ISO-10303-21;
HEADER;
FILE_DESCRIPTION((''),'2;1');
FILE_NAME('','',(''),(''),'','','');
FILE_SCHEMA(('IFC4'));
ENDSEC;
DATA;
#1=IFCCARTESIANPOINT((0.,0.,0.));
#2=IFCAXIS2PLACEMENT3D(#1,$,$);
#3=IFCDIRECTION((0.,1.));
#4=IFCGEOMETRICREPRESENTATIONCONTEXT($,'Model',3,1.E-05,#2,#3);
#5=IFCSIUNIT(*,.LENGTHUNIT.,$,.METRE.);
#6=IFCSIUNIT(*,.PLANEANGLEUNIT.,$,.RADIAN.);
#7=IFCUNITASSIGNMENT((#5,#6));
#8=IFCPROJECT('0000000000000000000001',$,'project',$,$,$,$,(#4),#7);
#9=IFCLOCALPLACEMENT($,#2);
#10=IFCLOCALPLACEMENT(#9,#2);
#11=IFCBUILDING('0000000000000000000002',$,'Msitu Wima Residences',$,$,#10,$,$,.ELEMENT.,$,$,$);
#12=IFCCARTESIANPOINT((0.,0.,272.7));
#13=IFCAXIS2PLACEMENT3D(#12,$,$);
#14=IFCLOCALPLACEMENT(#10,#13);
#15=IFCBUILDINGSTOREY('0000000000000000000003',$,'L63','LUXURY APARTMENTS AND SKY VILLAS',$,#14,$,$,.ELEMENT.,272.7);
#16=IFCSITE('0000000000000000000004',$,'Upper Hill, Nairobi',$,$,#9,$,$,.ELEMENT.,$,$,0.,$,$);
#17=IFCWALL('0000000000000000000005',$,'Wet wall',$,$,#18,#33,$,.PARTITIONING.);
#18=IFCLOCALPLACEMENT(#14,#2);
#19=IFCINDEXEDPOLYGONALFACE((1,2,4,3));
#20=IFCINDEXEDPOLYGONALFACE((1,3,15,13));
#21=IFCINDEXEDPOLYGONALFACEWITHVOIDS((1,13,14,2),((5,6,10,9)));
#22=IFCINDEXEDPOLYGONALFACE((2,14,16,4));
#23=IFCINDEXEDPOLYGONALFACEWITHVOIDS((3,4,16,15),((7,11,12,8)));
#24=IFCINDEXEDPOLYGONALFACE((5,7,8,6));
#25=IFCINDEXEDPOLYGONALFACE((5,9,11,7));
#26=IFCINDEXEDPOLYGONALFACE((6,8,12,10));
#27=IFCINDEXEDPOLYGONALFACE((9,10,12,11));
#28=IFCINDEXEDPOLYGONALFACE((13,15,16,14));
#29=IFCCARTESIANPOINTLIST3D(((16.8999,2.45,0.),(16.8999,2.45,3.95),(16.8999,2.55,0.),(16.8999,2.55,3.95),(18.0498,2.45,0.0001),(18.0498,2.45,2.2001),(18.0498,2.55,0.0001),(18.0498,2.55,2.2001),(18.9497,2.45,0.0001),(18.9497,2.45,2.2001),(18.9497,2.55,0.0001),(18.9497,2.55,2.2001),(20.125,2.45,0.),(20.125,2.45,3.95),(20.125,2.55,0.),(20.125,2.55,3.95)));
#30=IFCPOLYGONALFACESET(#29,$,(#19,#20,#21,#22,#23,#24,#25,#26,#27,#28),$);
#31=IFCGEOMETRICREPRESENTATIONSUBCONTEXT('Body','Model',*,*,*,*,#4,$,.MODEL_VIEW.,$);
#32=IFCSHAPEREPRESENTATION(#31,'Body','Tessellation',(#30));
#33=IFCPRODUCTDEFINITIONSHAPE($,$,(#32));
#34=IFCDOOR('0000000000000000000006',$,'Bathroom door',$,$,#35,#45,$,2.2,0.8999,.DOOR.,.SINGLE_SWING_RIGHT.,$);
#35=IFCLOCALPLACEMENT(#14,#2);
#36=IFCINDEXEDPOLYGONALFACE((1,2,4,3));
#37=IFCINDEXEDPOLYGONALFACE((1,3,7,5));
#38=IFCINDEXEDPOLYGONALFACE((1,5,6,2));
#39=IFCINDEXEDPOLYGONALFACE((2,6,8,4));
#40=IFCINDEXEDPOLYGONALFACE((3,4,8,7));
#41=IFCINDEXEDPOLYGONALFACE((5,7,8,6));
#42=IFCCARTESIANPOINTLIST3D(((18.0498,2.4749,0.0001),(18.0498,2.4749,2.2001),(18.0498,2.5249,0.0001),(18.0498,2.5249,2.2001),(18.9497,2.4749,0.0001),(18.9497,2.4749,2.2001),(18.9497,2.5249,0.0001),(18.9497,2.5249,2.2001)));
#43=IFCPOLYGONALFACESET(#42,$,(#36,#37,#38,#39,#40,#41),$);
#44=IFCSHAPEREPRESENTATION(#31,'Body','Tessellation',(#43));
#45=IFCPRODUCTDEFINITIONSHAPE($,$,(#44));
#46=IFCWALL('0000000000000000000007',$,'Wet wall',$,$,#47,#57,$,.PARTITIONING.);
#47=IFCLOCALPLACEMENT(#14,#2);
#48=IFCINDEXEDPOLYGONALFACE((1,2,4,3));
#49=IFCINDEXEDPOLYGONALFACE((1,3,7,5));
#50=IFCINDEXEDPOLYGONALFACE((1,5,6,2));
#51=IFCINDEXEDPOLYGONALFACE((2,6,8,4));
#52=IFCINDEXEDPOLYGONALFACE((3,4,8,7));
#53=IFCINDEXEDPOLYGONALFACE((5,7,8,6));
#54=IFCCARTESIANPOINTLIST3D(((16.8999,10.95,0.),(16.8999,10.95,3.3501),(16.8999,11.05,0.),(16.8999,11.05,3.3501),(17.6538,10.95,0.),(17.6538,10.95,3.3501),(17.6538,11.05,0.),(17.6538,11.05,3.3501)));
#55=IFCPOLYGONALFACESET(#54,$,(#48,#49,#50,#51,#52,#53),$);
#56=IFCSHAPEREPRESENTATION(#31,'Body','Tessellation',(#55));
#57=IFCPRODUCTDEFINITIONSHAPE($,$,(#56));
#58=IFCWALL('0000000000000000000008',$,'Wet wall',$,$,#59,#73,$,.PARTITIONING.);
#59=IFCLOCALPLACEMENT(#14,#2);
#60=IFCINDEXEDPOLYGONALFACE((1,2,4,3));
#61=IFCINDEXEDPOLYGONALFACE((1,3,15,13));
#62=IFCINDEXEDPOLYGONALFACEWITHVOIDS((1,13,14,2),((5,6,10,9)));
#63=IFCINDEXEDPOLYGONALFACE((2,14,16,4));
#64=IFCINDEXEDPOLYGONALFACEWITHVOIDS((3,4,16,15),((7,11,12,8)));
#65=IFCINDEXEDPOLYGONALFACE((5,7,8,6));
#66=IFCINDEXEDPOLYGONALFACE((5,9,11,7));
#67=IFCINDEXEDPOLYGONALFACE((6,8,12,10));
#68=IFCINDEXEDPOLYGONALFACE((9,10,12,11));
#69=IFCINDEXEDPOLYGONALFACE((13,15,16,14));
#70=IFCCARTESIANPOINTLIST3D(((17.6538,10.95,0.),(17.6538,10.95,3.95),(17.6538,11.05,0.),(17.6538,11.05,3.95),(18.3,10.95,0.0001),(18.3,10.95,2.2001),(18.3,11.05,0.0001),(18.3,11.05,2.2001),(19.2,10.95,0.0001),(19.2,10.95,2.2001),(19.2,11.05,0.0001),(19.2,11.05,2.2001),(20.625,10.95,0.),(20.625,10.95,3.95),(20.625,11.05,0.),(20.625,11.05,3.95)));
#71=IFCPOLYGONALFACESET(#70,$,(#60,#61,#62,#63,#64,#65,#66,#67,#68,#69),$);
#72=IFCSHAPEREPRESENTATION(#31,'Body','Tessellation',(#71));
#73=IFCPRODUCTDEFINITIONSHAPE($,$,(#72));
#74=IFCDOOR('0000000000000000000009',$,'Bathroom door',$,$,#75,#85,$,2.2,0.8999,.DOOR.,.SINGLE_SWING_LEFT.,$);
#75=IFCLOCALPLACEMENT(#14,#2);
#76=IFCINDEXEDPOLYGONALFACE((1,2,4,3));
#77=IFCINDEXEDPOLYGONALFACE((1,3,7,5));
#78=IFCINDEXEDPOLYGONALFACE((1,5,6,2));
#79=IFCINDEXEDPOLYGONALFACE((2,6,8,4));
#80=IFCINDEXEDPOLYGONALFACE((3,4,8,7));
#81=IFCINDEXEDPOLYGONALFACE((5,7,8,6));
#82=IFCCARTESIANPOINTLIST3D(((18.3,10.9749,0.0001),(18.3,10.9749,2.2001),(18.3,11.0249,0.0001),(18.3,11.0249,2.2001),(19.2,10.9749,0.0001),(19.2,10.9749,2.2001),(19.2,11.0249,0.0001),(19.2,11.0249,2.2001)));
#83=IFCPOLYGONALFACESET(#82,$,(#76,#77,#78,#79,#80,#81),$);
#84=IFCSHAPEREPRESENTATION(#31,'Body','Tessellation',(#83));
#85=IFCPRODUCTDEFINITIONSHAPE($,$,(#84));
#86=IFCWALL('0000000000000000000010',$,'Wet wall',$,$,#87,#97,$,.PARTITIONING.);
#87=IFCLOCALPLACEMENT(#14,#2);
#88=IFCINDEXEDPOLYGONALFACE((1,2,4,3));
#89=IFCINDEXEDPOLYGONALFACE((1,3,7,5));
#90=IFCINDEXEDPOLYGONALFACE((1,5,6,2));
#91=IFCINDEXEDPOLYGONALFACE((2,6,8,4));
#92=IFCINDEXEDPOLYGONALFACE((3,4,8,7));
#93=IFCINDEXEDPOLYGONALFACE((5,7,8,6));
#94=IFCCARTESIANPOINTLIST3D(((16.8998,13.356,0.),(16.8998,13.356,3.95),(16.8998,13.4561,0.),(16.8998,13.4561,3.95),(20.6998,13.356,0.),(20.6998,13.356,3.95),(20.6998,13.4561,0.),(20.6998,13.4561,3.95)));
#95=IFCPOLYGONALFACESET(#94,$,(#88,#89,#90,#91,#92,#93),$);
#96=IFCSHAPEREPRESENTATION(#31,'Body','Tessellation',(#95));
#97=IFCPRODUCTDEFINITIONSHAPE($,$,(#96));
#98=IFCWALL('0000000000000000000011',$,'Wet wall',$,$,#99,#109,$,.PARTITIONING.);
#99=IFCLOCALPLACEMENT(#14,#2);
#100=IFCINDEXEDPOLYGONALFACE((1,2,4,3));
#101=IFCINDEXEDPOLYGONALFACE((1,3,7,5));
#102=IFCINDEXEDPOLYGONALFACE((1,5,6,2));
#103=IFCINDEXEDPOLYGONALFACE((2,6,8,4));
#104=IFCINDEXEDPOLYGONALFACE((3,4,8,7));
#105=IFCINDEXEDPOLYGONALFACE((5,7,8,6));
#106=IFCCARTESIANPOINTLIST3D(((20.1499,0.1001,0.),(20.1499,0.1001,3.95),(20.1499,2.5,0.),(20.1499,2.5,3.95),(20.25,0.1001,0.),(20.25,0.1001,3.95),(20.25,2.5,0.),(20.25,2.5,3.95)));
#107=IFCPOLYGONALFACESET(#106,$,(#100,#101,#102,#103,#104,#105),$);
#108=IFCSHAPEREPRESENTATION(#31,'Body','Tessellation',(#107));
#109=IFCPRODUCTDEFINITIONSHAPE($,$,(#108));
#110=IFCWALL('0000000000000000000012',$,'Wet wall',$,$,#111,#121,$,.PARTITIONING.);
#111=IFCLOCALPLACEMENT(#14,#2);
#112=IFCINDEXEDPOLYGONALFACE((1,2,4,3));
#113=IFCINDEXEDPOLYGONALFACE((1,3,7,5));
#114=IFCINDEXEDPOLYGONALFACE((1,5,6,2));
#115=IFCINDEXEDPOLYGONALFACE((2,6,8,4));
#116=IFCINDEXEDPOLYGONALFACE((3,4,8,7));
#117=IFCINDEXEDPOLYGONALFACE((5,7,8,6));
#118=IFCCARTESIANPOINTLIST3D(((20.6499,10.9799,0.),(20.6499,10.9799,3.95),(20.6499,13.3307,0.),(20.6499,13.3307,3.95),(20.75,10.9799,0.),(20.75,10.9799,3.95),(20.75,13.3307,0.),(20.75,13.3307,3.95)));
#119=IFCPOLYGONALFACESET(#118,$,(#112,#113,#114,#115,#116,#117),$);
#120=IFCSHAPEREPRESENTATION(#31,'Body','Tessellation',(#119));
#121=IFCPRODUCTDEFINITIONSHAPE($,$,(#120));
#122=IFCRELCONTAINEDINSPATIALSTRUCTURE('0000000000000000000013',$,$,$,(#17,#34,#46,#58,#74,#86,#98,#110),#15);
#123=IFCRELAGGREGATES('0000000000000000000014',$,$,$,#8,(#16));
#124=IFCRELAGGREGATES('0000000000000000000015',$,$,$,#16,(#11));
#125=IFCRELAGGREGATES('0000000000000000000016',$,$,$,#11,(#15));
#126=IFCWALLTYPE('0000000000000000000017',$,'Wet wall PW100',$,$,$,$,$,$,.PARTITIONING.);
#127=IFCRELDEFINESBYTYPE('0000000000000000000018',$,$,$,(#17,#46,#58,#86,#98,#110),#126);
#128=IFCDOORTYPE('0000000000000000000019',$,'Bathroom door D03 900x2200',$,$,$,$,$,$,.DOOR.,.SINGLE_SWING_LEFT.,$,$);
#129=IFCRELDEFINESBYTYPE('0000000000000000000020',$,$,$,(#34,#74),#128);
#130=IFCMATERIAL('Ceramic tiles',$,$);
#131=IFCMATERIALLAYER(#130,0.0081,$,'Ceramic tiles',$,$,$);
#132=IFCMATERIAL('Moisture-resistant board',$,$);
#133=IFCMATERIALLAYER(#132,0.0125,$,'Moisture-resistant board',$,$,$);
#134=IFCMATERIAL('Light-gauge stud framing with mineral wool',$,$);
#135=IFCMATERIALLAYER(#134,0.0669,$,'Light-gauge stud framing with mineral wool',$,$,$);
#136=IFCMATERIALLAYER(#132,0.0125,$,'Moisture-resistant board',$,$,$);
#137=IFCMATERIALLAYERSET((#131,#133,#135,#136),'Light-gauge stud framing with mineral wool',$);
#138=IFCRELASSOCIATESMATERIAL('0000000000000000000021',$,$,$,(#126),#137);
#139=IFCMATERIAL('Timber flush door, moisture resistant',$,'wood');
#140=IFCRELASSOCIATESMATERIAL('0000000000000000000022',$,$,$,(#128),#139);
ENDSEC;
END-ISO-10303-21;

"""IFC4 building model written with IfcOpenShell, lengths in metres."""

from ifc_helpers import new_model, si_unit, direction, frame, frame_2d, origin, place, context, subcontext, project, spatial, rectangle, extrude, material, layer, layer_set, type_object, element, fill, save


model = new_model("IFC4")

# Units and contexts
model_context = context("Model", 3, precision=1e-05, world=origin(), true_north=direction((0.0, 1.0)))
body_context = subcontext(model_context, "Body", "Model", "MODEL_VIEW")
ifc_project = project(units=[si_unit("LENGTHUNIT", "METRE"), si_unit("PLANEANGLEUNIT", "RADIAN")], contexts=[model_context])

# Site, building, storey
site_placement = place(None, origin())
site = spatial("IfcSite", under=ifc_project, at=site_placement, Name="Upper Hill, Nairobi", CompositionType="ELEMENT", RefElevation=0.0)
building_placement = place(site_placement, origin())
building = spatial("IfcBuilding", under=site, at=building_placement, Name="Msitu Wima Residences", CompositionType="ELEMENT")
storey_placement = place(building_placement, frame((0.0, 0.0, 272.7)))
storey = spatial("IfcBuildingStorey", under=building, at=storey_placement, Name="L63", Description="LUXURY APARTMENTS AND SKY VILLAS", CompositionType="ELEMENT", Elevation=272.7)

# Wall, opening, door
ifc_material_1 = material(Name="Ceramic tiles")
ifc_layer_1 = layer(ifc_material_1, 0.0081, Name="Ceramic tiles")
ifc_material_2 = material(Name="Moisture-resistant board")
ifc_layer_2 = layer(ifc_material_2, 0.0125, Name="Moisture-resistant board")
ifc_material_3 = material(Name="Light-gauge stud framing with mineral wool")
ifc_layer_3 = layer(ifc_material_3, 0.0669, Name="Light-gauge stud framing with mineral wool")
ifc_layer_4 = layer(ifc_material_2, 0.0125, Name="Moisture-resistant board")
ifc_layer_set_1 = layer_set([ifc_layer_1, ifc_layer_2, ifc_layer_3, ifc_layer_4], Name="Light-gauge stud framing with mineral wool")
wall_type_1 = type_object("IfcWallType", Name="Wet wall PW100", PredefinedType="PARTITIONING", material=ifc_layer_set_1)
wall_1_placement = place(storey_placement, frame((16.8999, 2.5, 0.0), z_axis=(0.0, 0.0, 1.0), x_axis=(1.0, 0.0, 0.0)))
wall_1 = element("IfcWall", 1, at=wall_1_placement, inside=storey, type_object=wall_type_1, Name="Wet wall", PredefinedType="PARTITIONING", context=body_context, shape_type="SweptSolid", body=[
    extrude(rectangle(XDim=3.2251, YDim=0.1001, at=frame_2d((1.6125, 0.0))), origin(), (0.0, 0.0, 1.0), 3.95),
])
opening_1_placement = place(wall_1_placement, frame((1.1499, 0.0, 0.0)))
opening_1 = element("IfcOpeningElement", 2, at=opening_1_placement, cuts=wall_1, PredefinedType="OPENING", context=body_context, shape_type="SweptSolid", body=[
    extrude(rectangle(XDim=0.8999, YDim=2.2, at=frame_2d((0.45, 1.1001))), frame((0.0, 0.0601, 0.0), z_axis=(0.0, -1.0, 0.0), x_axis=(1.0, 0.0, 0.0)), (0.0, 0.0, 1.0), 0.1201),
])
ifc_material_4 = material(Name="Timber flush door, moisture resistant", Category="wood")
door_type_1 = type_object("IfcDoorType", Name="Bathroom door D03 900x2200", OperationType="SINGLE_SWING_LEFT", PredefinedType="DOOR", material=ifc_material_4)
door_1_placement = place(opening_1_placement, origin())
door_1 = element("IfcDoor", 3, at=door_1_placement, inside=storey, type_object=door_type_1, Name="Bathroom door", OperationType="SINGLE_SWING_RIGHT", OverallHeight=2.2, OverallWidth=0.8999, PredefinedType="DOOR", context=body_context, shape_type="SweptSolid", body=[
    extrude(rectangle(XDim=0.8999, YDim=2.2, at=frame_2d((0.45, 1.1001))), frame((0.0, 0.0249, 0.0), z_axis=(0.0, -1.0, 0.0), x_axis=(1.0, 0.0, 0.0)), (0.0, 0.0, 1.0), 0.05),
])
fill(opening_1, door_1)

# Wall
wall_2_placement = place(storey_placement, frame((16.8999, 11.0, 0.0), z_axis=(0.0, 0.0, 1.0), x_axis=(1.0, 0.0, 0.0)))
element("IfcWall", 4, at=wall_2_placement, inside=storey, type_object=wall_type_1, Name="Wet wall", PredefinedType="PARTITIONING", context=body_context, shape_type="SweptSolid", body=[
    extrude(rectangle(XDim=0.7539, YDim=0.1001, at=frame_2d((0.377, 0.0))), origin(), (0.0, 0.0, 1.0), 3.3501),
])

# Wall, opening, door
wall_3_placement = place(storey_placement, frame((17.6538, 11.0, 0.0), z_axis=(0.0, 0.0, 1.0), x_axis=(1.0, 0.0, 0.0)))
wall_3 = element("IfcWall", 5, at=wall_3_placement, inside=storey, type_object=wall_type_1, Name="Wet wall", PredefinedType="PARTITIONING", context=body_context, shape_type="SweptSolid", body=[
    extrude(rectangle(XDim=2.9712, YDim=0.1001, at=frame_2d((1.4856, 0.0))), origin(), (0.0, 0.0, 1.0), 3.95),
])
opening_2_placement = place(wall_3_placement, frame((0.6462, 0.0, 0.0)))
opening_2 = element("IfcOpeningElement", 6, at=opening_2_placement, cuts=wall_3, PredefinedType="OPENING", context=body_context, shape_type="SweptSolid", body=[
    extrude(rectangle(XDim=0.8999, YDim=2.2, at=frame_2d((0.45, 1.1001))), frame((0.0, 0.0601, 0.0), z_axis=(0.0, -1.0, 0.0), x_axis=(1.0, 0.0, 0.0)), (0.0, 0.0, 1.0), 0.1201),
])
door_2_placement = place(opening_2_placement, origin())
door_2 = element("IfcDoor", 7, at=door_2_placement, inside=storey, type_object=door_type_1, Name="Bathroom door", OperationType="SINGLE_SWING_LEFT", OverallHeight=2.2, OverallWidth=0.8999, PredefinedType="DOOR", context=body_context, shape_type="SweptSolid", body=[
    extrude(rectangle(XDim=0.8999, YDim=2.2, at=frame_2d((0.45, 1.1001))), frame((0.0, 0.0249, 0.0), z_axis=(0.0, -1.0, 0.0), x_axis=(1.0, 0.0, 0.0)), (0.0, 0.0, 1.0), 0.05),
])
fill(opening_2, door_2)

# Walls
wall_4_placement = place(storey_placement, frame((16.8999, 13.406, 0.0), z_axis=(0.0, 0.0, 1.0), x_axis=(1.0, 0.0, 0.0)))
element("IfcWall", 8, at=wall_4_placement, inside=storey, type_object=wall_type_1, Name="Wet wall", PredefinedType="PARTITIONING", context=body_context, shape_type="SweptSolid", body=[
    extrude(rectangle(XDim=3.8, YDim=0.1001, at=frame_2d((1.8999, 0.0))), origin(), (0.0, 0.0, 1.0), 3.95),
])
wall_5_placement = place(storey_placement, frame((20.2, 0.1001, 0.0), z_axis=(0.0, 0.0, 1.0), x_axis=(0.0, 1.0, 0.0)))
element("IfcWall", 9, at=wall_5_placement, inside=storey, type_object=wall_type_1, Name="Wet wall", PredefinedType="PARTITIONING", context=body_context, shape_type="SweptSolid", body=[
    extrude(rectangle(XDim=2.3999, YDim=0.1001, at=frame_2d((1.2, 0.0))), origin(), (0.0, 0.0, 1.0), 3.95),
])
wall_6_placement = place(storey_placement, frame((20.7, 10.98, 0.0), z_axis=(0.0, 0.0, 1.0), x_axis=(0.0, 1.0, 0.0)))
element("IfcWall", 10, at=wall_6_placement, inside=storey, type_object=wall_type_1, Name="Wet wall", PredefinedType="PARTITIONING", context=body_context, shape_type="SweptSolid", body=[
    extrude(rectangle(XDim=2.3508, YDim=0.1001, at=frame_2d((1.1753, 0.0))), origin(), (0.0, 0.0, 1.0), 3.95),
])

save(model, "model.ifc")
